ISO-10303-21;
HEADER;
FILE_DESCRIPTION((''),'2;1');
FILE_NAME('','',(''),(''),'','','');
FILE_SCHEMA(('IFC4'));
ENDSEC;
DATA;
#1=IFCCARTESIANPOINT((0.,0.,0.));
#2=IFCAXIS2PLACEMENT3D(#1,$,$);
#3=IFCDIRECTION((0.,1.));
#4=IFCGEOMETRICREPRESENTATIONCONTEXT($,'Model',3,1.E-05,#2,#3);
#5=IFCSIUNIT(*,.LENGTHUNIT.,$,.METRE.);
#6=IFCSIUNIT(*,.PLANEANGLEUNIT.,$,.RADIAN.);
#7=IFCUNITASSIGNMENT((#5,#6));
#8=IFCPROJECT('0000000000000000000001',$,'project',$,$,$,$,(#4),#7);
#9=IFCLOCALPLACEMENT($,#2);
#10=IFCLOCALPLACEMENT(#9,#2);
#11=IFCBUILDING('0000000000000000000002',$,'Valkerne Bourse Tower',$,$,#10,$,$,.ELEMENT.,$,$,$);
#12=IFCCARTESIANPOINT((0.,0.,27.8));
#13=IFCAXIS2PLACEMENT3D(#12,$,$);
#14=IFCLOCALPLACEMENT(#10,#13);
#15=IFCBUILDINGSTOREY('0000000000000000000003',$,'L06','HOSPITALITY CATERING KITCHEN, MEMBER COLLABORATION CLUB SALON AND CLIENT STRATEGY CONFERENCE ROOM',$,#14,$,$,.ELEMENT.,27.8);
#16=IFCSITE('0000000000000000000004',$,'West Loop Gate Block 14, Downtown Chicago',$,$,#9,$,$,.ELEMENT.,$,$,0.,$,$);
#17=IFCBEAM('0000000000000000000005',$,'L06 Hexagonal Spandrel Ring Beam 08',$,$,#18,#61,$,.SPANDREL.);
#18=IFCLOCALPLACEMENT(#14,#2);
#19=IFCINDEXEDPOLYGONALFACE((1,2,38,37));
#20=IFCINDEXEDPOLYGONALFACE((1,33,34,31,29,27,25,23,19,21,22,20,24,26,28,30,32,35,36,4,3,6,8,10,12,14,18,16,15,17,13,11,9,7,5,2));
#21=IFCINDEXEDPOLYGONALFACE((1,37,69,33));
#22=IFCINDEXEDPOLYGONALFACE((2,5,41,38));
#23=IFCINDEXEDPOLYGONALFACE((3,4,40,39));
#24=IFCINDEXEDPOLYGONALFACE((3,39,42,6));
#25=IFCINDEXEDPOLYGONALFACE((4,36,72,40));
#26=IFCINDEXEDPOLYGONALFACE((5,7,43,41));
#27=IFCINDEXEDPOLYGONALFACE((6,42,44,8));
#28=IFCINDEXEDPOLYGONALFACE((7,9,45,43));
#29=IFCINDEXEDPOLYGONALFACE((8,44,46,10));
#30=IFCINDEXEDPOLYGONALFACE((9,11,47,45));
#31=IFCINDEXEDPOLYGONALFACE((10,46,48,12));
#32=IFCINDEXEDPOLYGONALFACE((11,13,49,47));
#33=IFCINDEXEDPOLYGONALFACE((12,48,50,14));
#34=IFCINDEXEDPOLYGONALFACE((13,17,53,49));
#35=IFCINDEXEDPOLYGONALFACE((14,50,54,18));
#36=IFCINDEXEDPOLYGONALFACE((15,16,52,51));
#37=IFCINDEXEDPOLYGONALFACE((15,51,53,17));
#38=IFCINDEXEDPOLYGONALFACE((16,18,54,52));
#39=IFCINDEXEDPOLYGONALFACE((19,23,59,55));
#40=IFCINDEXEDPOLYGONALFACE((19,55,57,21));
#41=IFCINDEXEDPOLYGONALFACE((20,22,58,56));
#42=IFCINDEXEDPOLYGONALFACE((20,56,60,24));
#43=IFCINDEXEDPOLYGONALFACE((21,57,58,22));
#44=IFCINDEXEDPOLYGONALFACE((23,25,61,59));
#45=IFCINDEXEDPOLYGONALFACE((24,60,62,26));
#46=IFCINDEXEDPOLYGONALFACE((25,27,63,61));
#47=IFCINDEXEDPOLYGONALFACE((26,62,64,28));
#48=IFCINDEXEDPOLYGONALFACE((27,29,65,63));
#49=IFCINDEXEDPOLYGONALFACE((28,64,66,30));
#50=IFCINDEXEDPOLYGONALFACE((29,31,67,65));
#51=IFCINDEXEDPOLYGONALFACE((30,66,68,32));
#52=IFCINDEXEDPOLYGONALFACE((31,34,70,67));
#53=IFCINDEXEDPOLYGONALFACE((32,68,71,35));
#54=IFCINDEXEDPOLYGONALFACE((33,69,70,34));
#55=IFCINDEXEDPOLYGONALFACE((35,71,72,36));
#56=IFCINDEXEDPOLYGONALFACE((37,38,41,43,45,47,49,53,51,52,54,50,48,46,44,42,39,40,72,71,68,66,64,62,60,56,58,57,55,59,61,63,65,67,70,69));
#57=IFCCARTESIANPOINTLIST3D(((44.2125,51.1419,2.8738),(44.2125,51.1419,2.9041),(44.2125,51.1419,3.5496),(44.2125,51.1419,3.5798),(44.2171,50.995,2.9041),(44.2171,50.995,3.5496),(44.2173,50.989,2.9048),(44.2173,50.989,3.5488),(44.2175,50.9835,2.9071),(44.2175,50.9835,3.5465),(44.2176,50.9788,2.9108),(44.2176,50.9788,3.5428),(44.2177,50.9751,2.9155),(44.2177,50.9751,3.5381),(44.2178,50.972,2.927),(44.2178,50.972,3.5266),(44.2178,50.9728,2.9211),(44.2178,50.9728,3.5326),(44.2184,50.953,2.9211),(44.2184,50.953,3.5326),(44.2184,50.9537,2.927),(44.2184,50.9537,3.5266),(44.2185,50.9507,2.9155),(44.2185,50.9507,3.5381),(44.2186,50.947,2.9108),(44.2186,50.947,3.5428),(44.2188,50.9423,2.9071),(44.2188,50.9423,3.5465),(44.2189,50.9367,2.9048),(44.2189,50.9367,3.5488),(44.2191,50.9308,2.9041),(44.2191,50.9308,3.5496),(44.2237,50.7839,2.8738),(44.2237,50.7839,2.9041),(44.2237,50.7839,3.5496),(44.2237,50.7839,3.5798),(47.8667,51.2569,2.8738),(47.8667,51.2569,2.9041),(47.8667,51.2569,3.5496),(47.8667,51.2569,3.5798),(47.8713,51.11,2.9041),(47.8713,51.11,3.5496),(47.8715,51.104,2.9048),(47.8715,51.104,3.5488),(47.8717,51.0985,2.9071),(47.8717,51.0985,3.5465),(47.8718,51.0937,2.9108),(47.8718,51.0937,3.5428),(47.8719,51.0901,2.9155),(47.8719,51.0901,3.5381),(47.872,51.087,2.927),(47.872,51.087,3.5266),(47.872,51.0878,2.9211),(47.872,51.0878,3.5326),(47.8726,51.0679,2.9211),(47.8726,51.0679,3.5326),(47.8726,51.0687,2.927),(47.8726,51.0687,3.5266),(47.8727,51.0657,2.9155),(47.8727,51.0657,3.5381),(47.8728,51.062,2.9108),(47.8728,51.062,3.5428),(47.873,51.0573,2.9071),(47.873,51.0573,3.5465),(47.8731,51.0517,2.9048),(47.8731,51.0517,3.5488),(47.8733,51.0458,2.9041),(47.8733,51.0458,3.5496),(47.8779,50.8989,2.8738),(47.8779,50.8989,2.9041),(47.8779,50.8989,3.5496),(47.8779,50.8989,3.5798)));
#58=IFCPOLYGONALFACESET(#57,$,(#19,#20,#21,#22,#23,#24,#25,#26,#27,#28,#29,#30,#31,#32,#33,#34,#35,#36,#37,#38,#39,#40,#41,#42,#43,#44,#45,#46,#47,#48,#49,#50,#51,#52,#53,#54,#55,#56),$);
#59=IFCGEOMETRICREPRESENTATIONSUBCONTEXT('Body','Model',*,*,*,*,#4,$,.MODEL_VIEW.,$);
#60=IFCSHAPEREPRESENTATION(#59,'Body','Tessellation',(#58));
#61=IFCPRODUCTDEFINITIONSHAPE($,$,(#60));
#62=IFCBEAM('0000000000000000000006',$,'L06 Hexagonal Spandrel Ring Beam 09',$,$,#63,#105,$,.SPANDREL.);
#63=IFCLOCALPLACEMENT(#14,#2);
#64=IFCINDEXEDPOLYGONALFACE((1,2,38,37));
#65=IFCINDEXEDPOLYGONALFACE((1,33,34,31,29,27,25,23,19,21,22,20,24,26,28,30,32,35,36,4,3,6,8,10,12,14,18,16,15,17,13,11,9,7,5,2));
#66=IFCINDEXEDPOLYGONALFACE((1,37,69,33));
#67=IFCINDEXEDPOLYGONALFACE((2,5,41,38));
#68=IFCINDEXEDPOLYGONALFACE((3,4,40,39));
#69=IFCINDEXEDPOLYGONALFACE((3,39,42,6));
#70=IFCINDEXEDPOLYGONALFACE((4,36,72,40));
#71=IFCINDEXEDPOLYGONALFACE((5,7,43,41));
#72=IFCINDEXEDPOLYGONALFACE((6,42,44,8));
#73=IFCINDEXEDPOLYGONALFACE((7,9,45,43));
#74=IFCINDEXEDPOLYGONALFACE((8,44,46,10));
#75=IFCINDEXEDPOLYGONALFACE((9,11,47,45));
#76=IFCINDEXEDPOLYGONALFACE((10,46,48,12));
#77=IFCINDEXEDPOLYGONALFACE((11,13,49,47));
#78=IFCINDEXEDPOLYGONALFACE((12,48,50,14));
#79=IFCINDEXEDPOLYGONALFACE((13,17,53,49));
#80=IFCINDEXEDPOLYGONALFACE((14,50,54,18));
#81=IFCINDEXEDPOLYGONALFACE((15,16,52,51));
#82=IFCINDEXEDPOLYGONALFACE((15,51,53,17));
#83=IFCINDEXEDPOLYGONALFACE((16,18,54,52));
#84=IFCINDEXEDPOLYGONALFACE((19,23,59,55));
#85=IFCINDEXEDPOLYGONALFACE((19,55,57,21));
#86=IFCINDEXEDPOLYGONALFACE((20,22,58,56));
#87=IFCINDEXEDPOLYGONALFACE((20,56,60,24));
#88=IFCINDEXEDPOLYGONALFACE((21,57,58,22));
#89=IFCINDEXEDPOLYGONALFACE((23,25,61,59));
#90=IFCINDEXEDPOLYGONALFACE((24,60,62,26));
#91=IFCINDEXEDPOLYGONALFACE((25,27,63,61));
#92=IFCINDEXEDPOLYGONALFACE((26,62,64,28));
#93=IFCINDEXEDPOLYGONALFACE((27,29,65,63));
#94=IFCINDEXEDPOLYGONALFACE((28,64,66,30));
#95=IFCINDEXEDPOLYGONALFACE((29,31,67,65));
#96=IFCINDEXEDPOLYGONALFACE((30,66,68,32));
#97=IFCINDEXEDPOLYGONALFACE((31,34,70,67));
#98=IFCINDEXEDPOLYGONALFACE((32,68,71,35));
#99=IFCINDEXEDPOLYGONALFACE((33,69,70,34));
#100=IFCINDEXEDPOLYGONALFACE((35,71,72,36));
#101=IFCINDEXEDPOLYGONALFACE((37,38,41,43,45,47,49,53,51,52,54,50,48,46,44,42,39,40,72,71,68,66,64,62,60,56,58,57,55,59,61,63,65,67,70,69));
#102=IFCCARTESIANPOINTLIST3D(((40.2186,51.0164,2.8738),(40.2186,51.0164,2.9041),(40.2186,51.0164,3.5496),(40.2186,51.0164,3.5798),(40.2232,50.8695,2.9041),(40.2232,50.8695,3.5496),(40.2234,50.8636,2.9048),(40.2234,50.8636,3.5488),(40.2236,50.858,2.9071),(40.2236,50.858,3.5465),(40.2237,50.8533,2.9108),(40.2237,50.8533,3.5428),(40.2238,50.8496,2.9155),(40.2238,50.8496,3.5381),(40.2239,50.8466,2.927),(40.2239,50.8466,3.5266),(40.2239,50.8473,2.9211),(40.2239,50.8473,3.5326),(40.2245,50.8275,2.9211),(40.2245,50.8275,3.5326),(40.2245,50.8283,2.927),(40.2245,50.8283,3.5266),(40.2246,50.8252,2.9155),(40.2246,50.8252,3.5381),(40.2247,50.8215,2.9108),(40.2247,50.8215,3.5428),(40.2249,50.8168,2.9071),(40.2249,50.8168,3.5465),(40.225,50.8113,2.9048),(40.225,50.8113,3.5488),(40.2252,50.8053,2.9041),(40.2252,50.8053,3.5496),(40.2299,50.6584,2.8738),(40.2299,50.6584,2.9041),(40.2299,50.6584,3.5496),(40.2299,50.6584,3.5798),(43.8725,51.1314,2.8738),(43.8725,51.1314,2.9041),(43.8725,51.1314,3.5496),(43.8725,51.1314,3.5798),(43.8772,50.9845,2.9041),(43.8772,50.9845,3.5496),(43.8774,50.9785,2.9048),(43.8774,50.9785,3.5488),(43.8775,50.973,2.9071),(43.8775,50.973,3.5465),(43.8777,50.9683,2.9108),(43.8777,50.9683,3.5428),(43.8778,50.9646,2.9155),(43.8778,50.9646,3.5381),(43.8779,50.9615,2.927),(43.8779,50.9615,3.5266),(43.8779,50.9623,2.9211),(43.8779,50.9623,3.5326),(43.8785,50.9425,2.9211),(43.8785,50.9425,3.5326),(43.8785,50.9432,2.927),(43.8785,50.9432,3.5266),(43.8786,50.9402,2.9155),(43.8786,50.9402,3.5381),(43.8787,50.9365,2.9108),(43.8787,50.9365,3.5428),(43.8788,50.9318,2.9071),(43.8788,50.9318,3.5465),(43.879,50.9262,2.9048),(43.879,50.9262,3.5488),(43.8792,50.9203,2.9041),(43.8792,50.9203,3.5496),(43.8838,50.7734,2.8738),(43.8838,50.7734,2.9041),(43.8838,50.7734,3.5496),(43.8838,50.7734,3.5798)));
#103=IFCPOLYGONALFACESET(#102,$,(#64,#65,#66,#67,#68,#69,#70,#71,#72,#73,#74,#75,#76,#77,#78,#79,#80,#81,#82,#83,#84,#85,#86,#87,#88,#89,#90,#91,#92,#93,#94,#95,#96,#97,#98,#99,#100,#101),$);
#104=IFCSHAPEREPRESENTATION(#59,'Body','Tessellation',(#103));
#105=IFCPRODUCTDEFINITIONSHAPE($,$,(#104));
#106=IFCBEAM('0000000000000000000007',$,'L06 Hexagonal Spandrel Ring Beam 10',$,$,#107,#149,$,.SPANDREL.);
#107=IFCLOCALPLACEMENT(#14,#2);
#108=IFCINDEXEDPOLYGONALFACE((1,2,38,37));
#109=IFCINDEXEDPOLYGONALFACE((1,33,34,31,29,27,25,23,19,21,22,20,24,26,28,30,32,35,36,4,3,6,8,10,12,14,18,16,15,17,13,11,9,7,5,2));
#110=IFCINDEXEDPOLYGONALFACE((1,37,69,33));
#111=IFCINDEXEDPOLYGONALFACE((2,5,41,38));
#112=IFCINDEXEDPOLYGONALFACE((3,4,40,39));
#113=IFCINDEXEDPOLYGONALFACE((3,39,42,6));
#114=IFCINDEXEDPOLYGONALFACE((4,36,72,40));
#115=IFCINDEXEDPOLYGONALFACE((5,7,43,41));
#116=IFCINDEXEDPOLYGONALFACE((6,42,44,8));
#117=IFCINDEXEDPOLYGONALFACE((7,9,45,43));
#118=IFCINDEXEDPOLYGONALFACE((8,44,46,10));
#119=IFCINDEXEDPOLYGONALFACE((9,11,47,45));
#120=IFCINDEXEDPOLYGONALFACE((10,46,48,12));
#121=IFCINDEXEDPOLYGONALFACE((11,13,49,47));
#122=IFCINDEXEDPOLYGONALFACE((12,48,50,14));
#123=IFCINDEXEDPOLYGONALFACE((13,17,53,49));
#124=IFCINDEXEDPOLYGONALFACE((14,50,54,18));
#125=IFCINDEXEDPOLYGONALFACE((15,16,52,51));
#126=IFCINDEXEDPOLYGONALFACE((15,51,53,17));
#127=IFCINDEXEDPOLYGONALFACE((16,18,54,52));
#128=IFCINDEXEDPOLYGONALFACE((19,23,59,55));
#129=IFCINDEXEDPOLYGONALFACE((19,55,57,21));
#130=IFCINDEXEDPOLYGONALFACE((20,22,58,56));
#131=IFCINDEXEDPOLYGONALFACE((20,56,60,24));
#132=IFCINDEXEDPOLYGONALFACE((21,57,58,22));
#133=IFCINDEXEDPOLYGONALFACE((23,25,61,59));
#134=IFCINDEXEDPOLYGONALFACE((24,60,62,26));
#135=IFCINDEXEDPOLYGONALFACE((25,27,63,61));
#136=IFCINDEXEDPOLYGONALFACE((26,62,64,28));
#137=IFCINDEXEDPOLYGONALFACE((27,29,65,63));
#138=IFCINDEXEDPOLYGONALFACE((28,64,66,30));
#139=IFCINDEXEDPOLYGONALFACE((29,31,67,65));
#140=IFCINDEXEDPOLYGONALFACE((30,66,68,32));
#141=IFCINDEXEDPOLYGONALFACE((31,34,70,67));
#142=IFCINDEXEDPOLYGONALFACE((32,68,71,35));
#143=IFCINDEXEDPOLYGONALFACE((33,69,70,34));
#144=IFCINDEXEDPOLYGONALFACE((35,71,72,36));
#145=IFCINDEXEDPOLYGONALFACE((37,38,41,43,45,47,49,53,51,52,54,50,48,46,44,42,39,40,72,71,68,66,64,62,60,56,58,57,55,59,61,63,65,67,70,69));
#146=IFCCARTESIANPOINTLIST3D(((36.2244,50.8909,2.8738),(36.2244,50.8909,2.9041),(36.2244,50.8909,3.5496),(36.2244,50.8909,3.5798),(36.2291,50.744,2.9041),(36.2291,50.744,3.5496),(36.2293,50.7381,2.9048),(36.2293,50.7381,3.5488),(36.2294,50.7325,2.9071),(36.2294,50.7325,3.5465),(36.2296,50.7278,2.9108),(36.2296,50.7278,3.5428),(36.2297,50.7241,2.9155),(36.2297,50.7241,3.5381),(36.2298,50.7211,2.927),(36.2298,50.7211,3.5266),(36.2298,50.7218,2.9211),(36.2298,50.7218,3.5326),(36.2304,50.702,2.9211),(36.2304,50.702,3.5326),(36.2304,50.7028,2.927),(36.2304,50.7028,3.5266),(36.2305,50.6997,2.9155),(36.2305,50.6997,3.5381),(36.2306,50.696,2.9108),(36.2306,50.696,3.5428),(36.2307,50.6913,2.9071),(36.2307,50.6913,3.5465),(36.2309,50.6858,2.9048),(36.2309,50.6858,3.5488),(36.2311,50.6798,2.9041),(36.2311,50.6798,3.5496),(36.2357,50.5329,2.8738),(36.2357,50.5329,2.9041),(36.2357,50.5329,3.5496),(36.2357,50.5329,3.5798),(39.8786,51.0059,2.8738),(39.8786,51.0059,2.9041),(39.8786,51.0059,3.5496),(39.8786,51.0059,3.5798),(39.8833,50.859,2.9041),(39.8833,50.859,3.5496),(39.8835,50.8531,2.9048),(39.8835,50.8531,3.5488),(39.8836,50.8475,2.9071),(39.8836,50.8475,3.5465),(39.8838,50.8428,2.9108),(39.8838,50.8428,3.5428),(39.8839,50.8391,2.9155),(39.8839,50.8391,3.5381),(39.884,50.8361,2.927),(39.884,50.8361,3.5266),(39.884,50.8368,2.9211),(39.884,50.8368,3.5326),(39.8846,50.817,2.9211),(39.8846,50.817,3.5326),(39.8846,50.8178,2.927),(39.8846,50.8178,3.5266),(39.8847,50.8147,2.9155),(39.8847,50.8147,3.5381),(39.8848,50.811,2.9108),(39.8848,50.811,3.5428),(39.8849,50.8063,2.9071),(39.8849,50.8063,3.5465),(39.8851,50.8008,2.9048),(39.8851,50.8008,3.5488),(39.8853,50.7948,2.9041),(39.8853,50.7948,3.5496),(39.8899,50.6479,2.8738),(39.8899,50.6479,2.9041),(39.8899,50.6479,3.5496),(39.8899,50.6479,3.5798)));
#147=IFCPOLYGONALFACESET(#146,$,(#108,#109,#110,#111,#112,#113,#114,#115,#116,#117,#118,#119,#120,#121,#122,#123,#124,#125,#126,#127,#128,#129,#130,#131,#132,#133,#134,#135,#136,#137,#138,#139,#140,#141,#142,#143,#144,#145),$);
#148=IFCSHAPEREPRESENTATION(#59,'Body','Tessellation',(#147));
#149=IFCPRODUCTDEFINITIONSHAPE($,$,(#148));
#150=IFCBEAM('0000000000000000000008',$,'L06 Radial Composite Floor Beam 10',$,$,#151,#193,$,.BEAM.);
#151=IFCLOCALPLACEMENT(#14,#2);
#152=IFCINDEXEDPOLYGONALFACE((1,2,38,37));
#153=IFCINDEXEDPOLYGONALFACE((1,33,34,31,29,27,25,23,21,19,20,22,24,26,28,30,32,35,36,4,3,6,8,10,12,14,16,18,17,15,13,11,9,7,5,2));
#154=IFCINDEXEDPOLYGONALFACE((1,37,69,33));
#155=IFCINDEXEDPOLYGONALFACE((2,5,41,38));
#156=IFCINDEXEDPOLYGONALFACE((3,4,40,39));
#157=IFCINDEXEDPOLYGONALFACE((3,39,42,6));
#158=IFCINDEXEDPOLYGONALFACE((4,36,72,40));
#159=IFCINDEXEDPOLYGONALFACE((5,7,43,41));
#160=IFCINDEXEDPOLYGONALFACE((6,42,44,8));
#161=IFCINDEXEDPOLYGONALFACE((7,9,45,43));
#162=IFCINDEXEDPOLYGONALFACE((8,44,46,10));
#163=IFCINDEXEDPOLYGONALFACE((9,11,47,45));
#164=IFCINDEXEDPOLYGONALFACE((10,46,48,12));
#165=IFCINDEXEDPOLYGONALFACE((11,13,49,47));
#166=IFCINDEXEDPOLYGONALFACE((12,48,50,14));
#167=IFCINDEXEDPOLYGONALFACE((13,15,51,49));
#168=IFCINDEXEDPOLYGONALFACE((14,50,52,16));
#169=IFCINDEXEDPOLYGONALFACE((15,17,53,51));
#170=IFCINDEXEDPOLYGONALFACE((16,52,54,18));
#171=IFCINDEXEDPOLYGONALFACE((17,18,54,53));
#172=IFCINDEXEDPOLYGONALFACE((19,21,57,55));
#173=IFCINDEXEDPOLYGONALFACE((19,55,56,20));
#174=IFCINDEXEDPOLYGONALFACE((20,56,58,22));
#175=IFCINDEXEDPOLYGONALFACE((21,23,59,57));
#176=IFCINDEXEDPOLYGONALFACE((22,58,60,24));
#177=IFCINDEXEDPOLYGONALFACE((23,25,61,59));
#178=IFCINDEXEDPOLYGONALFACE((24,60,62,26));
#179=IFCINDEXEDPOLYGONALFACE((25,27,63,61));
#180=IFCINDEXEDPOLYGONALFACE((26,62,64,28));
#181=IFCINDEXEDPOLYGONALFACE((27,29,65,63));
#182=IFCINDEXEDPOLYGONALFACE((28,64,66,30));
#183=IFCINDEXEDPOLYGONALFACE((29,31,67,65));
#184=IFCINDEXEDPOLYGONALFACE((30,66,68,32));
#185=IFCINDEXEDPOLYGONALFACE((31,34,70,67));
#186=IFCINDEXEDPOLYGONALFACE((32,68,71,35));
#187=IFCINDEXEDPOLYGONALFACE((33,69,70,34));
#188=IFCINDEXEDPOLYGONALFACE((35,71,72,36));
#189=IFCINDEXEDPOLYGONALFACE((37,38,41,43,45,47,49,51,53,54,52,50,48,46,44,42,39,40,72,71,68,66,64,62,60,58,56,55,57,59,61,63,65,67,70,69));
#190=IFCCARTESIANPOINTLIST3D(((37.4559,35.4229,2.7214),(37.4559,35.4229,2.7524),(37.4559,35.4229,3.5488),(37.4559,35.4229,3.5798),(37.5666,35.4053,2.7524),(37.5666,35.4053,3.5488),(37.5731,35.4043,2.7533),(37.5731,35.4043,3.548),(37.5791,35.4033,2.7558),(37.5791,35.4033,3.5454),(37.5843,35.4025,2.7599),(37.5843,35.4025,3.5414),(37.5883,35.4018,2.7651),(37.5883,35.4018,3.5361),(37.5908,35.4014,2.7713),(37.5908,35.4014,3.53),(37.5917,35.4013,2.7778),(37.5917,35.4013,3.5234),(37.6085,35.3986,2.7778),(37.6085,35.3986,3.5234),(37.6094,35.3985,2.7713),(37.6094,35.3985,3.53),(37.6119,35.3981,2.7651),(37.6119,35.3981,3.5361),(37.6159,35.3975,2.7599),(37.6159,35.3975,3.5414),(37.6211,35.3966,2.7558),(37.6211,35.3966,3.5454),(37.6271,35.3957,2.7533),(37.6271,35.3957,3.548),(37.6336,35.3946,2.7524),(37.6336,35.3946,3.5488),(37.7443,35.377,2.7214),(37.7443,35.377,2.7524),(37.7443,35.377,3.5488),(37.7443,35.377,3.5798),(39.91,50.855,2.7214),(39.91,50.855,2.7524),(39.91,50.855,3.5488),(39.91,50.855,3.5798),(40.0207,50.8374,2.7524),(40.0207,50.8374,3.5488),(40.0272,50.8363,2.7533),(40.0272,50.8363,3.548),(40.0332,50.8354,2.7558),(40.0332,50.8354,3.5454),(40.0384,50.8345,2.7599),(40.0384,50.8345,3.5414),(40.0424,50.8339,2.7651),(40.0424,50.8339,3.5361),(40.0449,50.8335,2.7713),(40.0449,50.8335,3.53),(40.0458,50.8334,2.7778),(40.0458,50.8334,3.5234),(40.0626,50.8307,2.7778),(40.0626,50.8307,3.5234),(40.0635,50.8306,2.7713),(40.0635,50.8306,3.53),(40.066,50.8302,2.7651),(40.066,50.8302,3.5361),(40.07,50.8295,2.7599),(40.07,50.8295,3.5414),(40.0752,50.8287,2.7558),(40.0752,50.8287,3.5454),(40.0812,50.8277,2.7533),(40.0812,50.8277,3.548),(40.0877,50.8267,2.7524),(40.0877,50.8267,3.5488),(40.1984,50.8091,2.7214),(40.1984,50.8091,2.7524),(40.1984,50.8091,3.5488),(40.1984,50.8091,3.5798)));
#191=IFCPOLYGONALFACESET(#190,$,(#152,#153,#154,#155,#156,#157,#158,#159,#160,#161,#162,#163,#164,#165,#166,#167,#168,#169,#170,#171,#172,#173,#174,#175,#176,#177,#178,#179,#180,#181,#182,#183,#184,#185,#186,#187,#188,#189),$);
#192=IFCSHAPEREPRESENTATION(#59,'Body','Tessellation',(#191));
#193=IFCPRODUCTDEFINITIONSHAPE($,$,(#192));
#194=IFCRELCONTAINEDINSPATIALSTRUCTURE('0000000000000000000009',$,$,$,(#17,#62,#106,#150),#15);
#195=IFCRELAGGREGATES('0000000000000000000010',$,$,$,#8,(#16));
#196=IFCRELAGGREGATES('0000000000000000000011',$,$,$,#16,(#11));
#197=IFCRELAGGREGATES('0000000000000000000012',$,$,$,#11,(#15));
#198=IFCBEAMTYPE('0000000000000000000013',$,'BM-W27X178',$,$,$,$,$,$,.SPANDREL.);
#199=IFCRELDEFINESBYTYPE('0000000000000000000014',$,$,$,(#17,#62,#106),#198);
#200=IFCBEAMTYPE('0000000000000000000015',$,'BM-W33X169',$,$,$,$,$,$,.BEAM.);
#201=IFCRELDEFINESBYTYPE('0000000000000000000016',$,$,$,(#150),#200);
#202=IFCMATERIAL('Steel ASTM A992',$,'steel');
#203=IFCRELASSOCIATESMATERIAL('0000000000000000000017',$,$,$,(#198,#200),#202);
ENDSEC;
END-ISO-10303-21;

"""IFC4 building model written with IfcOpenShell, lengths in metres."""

from ifc_helpers import new_model, si_unit, direction, frame, origin, origin_2d, place, context, subcontext, project, spatial, i_section, extrude, material, material_profile, profile_set, type_object, element, save


model = new_model("IFC4")

# Units and contexts
model_context = context("Model", 3, precision=1e-05, world=origin(), true_north=direction((0.0, 1.0)))
body_context = subcontext(model_context, "Body", "Model", "MODEL_VIEW")
ifc_project = project(units=[si_unit("LENGTHUNIT", "METRE"), si_unit("PLANEANGLEUNIT", "RADIAN")], contexts=[model_context])

# Site, building, storey
site_placement = place(None, origin())
site = spatial("IfcSite", under=ifc_project, at=site_placement, Name="West Loop Gate Block 14, Downtown Chicago", CompositionType="ELEMENT", RefElevation=0.0)
building_placement = place(site_placement, origin())
building = spatial("IfcBuilding", under=site, at=building_placement, Name="Valkerne Bourse Tower", CompositionType="ELEMENT")
storey_placement = place(building_placement, frame((0.0, 0.0, 27.8)))
storey = spatial("IfcBuildingStorey", under=building, at=storey_placement, Name="L06", Description="HOSPITALITY CATERING KITCHEN, MEMBER COLLABORATION CLUB SALON AND CLIENT STRATEGY CONFERENCE ROOM", CompositionType="ELEMENT", Elevation=27.8)

# Beams
ifc_material_1 = material(Name="Steel ASTM A992", Category="steel")
ifc_material_profile_1 = material_profile(ifc_material_1, i_section(OverallWidth=0.3582, OverallDepth=0.7061, WebThickness=0.0183, FlangeThickness=0.0303, FilletRadius=0.0229, at=origin_2d()), Name="W27X178")
ifc_profile_set_1 = profile_set([ifc_material_profile_1], Name="Steel ASTM A992")
beam_type_1 = type_object("IfcBeamType", Name="BM-W27X178", PredefinedType="SPANDREL", material=ifc_profile_set_1)
beam_1_placement = place(storey_placement, frame((47.8723, 51.0779, 3.2268), z_axis=(-0.999505, -0.031452, 0.0), x_axis=(0.031452, -0.999505, 0.0)))
element("IfcBeam", 1, at=beam_1_placement, inside=storey, type_object=beam_type_1, Name="L06 Hexagonal Spandrel Ring Beam 08", PredefinedType="SPANDREL", context=body_context, shape_type="SweptSolid", body=[
    extrude(i_section(OverallWidth=0.3582, OverallDepth=0.7061, WebThickness=0.0183, FlangeThickness=0.0303, FilletRadius=0.0229, at=origin_2d()), origin(), (0.0, 0.0, 1.0), 3.656),
])
beam_2_placement = place(storey_placement, frame((43.8782, 50.9524, 3.2268), z_axis=(-0.999505, -0.031454, 0.0), x_axis=(0.031454, -0.999505, 0.0)))
element("IfcBeam", 2, at=beam_2_placement, inside=storey, type_object=beam_type_1, Name="L06 Hexagonal Spandrel Ring Beam 09", PredefinedType="SPANDREL", context=body_context, shape_type="SweptSolid", body=[
    extrude(i_section(OverallWidth=0.3582, OverallDepth=0.7061, WebThickness=0.0183, FlangeThickness=0.0303, FilletRadius=0.0229, at=origin_2d()), origin(), (0.0, 0.0, 1.0), 3.6558),
])
beam_3_placement = place(storey_placement, frame((39.8843, 50.8269, 3.2268), z_axis=(-0.999505, -0.031452, 0.0), x_axis=(0.031452, -0.999505, 0.0)))
element("IfcBeam", 3, at=beam_3_placement, inside=storey, type_object=beam_type_1, Name="L06 Hexagonal Spandrel Ring Beam 10", PredefinedType="SPANDREL", context=body_context, shape_type="SweptSolid", body=[
    extrude(i_section(OverallWidth=0.3582, OverallDepth=0.7061, WebThickness=0.0183, FlangeThickness=0.0303, FilletRadius=0.0229, at=origin_2d()), origin(), (0.0, 0.0, 1.0), 3.656),
])
ifc_material_profile_2 = material_profile(ifc_material_1, i_section(OverallWidth=0.292, OverallDepth=0.8584, WebThickness=0.0171, FlangeThickness=0.031, FilletRadius=0.0254, at=origin_2d()), Name="W33X169")
ifc_profile_set_2 = profile_set([ifc_material_profile_2], Name="Steel ASTM A992")
beam_type_2 = type_object("IfcBeamType", Name="BM-W33X169", PredefinedType="BEAM", material=ifc_profile_set_2)
beam_4_placement = place(storey_placement, frame((40.0542, 50.832, 3.1506), z_axis=(-0.157052, -0.98759, 0.0), x_axis=(0.98759, -0.157052, 0.0)))
element("IfcBeam", 4, at=beam_4_placement, inside=storey, type_object=beam_type_2, Name="L06 Radial Composite Floor Beam 10", PredefinedType="BEAM", context=body_context, shape_type="SweptSolid", body=[
    extrude(i_section(OverallWidth=0.292, OverallDepth=0.8584, WebThickness=0.0171, FlangeThickness=0.031, FilletRadius=0.0254, at=origin_2d()), origin(), (0.0, 0.0, 1.0), 15.626),
])

save(model, "model.ifc")
